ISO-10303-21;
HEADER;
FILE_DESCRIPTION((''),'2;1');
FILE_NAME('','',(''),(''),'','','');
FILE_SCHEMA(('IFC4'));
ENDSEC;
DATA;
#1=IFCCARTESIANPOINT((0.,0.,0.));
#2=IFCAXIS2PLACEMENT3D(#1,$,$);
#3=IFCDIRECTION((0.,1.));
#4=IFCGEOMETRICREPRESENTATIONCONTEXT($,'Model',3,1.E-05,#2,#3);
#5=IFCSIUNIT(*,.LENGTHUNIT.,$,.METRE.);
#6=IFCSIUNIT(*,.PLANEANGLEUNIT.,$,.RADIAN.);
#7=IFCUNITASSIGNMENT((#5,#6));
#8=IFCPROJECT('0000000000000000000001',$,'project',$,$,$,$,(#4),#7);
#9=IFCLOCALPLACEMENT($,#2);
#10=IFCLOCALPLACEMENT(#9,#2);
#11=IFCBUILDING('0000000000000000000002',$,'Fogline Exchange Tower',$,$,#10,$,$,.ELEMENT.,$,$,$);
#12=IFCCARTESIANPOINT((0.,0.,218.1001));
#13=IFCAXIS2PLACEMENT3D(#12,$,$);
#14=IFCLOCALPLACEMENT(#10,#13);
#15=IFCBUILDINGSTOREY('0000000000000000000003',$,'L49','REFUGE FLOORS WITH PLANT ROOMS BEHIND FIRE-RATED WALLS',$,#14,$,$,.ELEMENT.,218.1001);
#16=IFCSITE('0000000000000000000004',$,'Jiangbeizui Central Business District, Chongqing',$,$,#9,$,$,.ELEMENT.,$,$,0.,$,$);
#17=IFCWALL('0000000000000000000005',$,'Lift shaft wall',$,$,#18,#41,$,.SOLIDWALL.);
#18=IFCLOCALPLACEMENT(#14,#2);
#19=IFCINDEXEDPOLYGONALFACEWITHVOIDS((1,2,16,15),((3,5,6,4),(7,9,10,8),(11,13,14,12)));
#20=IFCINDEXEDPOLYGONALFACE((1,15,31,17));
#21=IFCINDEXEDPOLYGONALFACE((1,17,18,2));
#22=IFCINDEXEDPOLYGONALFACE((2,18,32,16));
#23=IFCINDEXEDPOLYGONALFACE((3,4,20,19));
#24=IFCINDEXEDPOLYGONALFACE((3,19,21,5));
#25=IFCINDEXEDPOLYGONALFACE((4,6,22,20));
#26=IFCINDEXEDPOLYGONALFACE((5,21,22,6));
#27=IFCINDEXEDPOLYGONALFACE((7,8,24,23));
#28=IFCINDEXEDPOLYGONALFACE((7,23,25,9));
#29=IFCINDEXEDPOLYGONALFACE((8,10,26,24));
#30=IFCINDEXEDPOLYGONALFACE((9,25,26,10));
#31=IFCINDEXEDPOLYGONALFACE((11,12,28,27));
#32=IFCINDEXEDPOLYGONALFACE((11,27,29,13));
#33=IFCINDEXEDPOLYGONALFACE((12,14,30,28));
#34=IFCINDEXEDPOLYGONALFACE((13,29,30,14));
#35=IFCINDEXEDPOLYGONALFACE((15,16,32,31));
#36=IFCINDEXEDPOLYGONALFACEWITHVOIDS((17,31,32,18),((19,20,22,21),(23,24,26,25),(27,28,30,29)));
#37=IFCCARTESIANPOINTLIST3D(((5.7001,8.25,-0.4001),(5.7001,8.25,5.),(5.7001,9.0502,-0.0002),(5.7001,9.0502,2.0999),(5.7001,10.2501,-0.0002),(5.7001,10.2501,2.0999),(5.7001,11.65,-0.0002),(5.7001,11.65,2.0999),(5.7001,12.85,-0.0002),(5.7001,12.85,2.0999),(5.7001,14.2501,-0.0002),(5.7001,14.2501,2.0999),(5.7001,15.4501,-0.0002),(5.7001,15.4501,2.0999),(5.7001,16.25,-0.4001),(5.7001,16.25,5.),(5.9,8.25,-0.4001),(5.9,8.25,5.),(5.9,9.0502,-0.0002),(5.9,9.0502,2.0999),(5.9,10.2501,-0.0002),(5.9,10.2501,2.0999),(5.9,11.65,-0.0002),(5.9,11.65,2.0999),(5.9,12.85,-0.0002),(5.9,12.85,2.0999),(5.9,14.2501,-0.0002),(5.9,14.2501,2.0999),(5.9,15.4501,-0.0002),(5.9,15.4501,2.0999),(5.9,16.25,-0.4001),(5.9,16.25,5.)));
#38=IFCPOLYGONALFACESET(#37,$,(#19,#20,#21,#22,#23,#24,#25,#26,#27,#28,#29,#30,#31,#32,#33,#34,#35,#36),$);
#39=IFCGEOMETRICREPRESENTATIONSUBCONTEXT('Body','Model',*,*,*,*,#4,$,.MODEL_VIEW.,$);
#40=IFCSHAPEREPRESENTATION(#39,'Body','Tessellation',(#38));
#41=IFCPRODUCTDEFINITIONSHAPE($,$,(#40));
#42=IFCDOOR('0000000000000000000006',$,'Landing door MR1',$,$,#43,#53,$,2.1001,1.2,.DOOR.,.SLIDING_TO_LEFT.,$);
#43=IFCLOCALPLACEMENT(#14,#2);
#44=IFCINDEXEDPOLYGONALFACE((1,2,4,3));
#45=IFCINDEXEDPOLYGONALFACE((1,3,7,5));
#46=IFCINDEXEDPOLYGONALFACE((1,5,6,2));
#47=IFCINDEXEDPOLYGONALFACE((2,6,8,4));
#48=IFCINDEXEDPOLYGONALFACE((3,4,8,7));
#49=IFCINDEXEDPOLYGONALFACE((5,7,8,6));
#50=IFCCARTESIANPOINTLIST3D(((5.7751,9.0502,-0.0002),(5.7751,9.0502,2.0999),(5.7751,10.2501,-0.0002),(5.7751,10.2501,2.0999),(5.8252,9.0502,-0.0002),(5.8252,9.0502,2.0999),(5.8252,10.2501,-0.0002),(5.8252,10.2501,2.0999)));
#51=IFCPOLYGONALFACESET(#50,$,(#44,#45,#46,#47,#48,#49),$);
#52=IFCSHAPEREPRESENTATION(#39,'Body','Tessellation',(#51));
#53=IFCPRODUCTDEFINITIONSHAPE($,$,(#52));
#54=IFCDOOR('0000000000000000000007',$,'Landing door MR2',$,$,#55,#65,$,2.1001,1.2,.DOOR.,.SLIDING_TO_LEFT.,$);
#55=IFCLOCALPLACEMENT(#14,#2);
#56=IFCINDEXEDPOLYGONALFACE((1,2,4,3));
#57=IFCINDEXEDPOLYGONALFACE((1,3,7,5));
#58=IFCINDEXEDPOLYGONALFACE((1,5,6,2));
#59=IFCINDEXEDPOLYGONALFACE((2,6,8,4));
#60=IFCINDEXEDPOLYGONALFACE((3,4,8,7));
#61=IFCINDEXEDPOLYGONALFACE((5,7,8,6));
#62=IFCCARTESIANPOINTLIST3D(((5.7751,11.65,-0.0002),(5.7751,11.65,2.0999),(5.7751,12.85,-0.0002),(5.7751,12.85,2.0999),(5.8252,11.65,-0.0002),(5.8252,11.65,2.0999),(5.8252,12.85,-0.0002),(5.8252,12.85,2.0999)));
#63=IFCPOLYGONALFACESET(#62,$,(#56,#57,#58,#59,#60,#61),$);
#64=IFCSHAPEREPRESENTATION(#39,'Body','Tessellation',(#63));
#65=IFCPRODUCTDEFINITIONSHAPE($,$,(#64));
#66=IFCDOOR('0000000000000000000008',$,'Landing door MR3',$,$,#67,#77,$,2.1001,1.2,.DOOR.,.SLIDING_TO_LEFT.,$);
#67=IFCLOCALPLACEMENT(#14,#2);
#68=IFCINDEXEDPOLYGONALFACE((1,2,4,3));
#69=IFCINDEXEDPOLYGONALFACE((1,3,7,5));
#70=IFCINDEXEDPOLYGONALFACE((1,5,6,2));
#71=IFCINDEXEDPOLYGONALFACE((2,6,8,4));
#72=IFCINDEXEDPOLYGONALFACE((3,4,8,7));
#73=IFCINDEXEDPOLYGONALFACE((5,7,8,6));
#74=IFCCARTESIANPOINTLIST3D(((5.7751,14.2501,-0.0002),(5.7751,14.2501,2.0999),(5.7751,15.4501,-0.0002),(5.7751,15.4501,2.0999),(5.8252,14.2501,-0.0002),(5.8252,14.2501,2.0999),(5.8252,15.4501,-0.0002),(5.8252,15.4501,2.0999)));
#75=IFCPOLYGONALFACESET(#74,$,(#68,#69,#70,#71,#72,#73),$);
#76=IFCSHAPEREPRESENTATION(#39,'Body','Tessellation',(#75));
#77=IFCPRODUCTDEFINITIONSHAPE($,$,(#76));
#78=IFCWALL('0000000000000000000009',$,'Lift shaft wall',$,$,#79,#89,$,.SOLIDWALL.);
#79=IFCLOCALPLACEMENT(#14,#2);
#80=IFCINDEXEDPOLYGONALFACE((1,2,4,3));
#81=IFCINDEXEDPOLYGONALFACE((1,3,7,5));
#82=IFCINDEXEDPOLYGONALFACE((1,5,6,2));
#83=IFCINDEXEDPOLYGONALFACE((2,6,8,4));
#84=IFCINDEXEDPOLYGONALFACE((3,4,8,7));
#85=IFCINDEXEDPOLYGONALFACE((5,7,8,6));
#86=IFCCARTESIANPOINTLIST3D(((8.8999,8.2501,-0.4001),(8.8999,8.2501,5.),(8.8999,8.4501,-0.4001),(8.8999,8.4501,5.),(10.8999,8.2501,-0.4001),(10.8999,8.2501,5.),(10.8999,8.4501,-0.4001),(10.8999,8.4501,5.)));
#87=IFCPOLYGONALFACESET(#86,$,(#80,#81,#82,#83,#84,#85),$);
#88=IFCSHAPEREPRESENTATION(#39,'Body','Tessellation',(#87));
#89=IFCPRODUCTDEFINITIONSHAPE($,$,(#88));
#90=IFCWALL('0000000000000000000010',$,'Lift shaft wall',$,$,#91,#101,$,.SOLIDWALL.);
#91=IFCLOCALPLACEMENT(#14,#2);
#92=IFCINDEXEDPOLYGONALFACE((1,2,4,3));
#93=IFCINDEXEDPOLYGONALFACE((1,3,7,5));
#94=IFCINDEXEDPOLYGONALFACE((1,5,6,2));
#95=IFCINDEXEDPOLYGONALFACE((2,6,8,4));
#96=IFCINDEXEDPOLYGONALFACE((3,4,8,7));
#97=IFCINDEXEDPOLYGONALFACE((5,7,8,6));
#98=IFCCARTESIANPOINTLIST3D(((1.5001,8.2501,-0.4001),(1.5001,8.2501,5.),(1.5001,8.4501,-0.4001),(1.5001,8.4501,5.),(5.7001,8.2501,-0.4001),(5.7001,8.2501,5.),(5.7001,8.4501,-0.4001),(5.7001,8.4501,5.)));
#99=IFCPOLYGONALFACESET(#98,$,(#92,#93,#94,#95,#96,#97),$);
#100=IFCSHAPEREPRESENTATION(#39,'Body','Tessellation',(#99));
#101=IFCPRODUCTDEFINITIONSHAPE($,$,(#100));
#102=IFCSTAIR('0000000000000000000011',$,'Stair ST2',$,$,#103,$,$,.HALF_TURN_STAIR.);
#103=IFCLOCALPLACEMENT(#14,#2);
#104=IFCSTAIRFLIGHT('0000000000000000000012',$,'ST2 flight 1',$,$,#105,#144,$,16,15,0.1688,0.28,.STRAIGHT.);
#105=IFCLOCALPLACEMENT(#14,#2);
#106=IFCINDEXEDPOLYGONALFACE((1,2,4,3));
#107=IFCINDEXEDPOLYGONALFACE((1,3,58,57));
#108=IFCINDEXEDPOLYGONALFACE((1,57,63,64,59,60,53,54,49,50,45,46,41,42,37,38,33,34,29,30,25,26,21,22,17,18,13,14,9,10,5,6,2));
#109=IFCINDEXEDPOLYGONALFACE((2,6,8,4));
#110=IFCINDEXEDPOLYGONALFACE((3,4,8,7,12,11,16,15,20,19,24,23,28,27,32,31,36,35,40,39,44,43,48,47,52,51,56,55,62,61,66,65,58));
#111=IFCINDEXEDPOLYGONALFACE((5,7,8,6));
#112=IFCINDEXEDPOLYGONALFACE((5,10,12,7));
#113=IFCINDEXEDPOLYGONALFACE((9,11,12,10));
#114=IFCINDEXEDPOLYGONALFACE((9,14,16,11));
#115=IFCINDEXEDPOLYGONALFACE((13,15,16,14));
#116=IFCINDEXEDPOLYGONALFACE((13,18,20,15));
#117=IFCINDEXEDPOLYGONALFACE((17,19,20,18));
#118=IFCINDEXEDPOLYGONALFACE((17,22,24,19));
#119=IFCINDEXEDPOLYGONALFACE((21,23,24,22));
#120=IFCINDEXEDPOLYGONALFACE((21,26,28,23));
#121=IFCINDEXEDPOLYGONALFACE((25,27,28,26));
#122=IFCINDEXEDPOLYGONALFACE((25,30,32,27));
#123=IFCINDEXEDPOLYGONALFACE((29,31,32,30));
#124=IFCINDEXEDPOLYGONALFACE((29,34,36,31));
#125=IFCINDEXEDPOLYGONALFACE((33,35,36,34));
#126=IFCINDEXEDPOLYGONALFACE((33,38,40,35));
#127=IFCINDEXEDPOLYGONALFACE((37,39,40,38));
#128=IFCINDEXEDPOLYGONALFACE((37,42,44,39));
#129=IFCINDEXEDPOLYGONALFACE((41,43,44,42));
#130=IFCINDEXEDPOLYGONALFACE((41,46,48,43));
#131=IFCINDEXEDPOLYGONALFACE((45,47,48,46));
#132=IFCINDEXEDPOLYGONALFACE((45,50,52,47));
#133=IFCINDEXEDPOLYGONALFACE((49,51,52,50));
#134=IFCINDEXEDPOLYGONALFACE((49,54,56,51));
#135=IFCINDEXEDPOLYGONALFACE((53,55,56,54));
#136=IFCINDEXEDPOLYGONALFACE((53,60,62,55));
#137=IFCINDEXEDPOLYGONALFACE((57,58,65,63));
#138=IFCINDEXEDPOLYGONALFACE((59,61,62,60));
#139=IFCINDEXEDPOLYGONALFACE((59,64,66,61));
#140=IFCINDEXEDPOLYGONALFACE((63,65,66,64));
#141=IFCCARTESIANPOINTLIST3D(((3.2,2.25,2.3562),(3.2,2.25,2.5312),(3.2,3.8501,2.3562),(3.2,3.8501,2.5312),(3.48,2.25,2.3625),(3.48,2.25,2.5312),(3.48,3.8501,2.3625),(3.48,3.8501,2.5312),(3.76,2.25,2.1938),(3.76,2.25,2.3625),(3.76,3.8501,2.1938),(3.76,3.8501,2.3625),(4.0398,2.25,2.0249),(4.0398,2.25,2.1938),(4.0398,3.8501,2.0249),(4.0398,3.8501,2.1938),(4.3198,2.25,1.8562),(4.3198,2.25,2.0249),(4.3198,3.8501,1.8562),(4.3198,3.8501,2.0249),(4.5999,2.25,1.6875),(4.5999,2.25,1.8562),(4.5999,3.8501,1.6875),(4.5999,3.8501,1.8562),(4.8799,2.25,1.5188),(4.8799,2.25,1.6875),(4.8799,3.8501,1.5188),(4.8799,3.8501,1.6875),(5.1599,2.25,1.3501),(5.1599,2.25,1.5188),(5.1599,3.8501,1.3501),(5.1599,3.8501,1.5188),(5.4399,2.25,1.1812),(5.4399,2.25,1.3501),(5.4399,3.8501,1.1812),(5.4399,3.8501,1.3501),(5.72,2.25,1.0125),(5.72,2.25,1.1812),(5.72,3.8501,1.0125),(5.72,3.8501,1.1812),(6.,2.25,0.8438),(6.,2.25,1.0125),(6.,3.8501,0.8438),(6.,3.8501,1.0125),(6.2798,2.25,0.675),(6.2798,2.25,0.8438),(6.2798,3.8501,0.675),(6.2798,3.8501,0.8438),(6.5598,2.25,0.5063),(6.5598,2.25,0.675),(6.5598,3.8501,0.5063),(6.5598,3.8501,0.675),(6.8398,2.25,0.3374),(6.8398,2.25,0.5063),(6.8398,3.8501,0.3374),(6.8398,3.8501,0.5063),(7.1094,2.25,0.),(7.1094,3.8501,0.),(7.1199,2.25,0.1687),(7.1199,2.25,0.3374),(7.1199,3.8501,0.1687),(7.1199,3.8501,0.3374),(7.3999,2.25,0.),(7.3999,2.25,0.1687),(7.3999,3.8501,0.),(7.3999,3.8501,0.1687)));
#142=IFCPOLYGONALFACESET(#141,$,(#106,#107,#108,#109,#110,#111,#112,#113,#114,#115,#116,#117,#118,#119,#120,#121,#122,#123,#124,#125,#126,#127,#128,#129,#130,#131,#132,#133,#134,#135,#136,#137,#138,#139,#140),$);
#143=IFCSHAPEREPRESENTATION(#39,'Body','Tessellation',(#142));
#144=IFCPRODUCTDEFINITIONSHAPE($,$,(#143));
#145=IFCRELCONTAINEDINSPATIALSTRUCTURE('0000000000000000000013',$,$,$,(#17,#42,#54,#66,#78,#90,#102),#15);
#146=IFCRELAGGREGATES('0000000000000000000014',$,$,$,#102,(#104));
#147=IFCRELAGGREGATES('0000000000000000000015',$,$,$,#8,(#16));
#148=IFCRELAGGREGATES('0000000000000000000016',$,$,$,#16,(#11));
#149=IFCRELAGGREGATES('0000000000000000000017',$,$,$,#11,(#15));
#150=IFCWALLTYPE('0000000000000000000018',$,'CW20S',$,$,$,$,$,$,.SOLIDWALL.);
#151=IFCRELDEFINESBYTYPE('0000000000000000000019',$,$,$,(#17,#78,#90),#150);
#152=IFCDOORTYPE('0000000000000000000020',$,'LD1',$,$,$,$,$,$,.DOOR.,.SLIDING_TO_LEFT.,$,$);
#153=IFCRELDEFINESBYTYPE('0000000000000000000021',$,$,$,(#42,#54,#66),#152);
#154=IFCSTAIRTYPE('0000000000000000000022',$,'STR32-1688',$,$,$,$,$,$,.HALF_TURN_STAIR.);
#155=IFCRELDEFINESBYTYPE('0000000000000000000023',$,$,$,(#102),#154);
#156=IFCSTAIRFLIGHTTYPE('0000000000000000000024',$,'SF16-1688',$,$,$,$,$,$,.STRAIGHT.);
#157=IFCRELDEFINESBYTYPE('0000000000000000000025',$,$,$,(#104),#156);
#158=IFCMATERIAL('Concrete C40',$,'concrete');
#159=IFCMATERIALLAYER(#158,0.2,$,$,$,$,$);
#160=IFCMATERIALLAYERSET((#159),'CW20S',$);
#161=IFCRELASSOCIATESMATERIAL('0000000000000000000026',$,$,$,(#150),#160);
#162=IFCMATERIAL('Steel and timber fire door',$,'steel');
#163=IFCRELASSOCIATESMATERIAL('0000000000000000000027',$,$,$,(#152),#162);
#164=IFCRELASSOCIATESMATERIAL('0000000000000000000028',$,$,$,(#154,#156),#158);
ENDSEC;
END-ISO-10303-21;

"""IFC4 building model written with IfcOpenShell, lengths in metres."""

from ifc_helpers import new_model, si_unit, direction, frame, frame_2d, origin, place, context, subcontext, project, spatial, polyline, rectangle, outline, extrude, material, layer, layer_set, type_object, element, fill, aggregate, save


model = new_model("IFC4")

# Units and contexts
model_context = context("Model", 3, precision=1e-05, world=origin(), true_north=direction((0.0, 1.0)))
body_context = subcontext(model_context, "Body", "Model", "MODEL_VIEW")
ifc_project = project(units=[si_unit("LENGTHUNIT", "METRE"), si_unit("PLANEANGLEUNIT", "RADIAN")], contexts=[model_context])

# Site, building, storey
site_placement = place(None, origin())
site = spatial("IfcSite", under=ifc_project, at=site_placement, Name="Jiangbeizui Central Business District, Chongqing", CompositionType="ELEMENT", RefElevation=0.0)
building_placement = place(site_placement, origin())
building = spatial("IfcBuilding", under=site, at=building_placement, Name="Fogline Exchange Tower", CompositionType="ELEMENT")
storey_placement = place(building_placement, frame((0.0, 0.0, 218.1001)))
storey = spatial("IfcBuildingStorey", under=building, at=storey_placement, Name="L49", Description="REFUGE FLOORS WITH PLANT ROOMS BEHIND FIRE-RATED WALLS", CompositionType="ELEMENT", Elevation=218.1001)

# Shared definitions
ifc_material_1 = material(Name="Steel and timber fire door", Category="steel")

# Shared definitions
ifc_material_2 = material(Name="Concrete C40", Category="concrete")

# Shared definitions
ifc_layer_1 = layer(ifc_material_2, 0.2)
ifc_layer_set_1 = layer_set([ifc_layer_1], Name="CW20S")
wall_type_1 = type_object("IfcWallType", Name="CW20S", PredefinedType="SOLIDWALL", material=ifc_layer_set_1)

# Wall, openings, doors
wall_1_placement = place(storey_placement, frame((5.8, 8.25, -0.4001), z_axis=(0.0, 0.0, 1.0), x_axis=(0.0, 1.0, 0.0)))
wall_1 = element("IfcWall", 1, at=wall_1_placement, inside=storey, type_object=wall_type_1, Name="Lift shaft wall", PredefinedType="SOLIDWALL", context=body_context, shape_type="SweptSolid", body=[
    extrude(rectangle(XDim=8.0, YDim=0.2, at=frame_2d((4.0, 0.0))), origin(), (0.0, 0.0, 1.0), 5.4001),
])
opening_1_placement = place(wall_1_placement, frame((0.8, 0.0, 0.3999)))
opening_1 = element("IfcOpeningElement", 2, at=opening_1_placement, cuts=wall_1, PredefinedType="OPENING", context=body_context, shape_type="SweptSolid", body=[
    extrude(rectangle(XDim=1.2, YDim=2.1001, at=frame_2d((0.6001, 1.05))), frame((0.0, 0.1099, 0.0), z_axis=(0.0, -1.0, 0.0), x_axis=(1.0, 0.0, 0.0)), (0.0, 0.0, 1.0), 0.22),
])
opening_2_placement = place(wall_1_placement, frame((3.3999, 0.0, 0.3999)))
opening_2 = element("IfcOpeningElement", 3, at=opening_2_placement, cuts=wall_1, PredefinedType="OPENING", context=body_context, shape_type="SweptSolid", body=[
    extrude(rectangle(XDim=1.2, YDim=2.1001, at=frame_2d((0.6001, 1.05))), frame((0.0, 0.1099, 0.0), z_axis=(0.0, -1.0, 0.0), x_axis=(1.0, 0.0, 0.0)), (0.0, 0.0, 1.0), 0.22),
])
opening_3_placement = place(wall_1_placement, frame((6.0, 0.0, 0.3999)))
opening_3 = element("IfcOpeningElement", 4, at=opening_3_placement, cuts=wall_1, PredefinedType="OPENING", context=body_context, shape_type="SweptSolid", body=[
    extrude(rectangle(XDim=1.2, YDim=2.1001, at=frame_2d((0.6001, 1.05))), frame((0.0, 0.1099, 0.0), z_axis=(0.0, -1.0, 0.0), x_axis=(1.0, 0.0, 0.0)), (0.0, 0.0, 1.0), 0.22),
])
door_type_1 = type_object("IfcDoorType", Name="LD1", OperationType="SLIDING_TO_LEFT", PredefinedType="DOOR", material=ifc_material_1)
door_1_placement = place(opening_1_placement, origin())
door_1 = element("IfcDoor", 5, at=door_1_placement, inside=storey, type_object=door_type_1, Name="Landing door MR1", OperationType="SLIDING_TO_LEFT", OverallHeight=2.1001, OverallWidth=1.2, PredefinedType="DOOR", context=body_context, shape_type="SweptSolid", body=[
    extrude(rectangle(XDim=1.2, YDim=2.1001, at=frame_2d((0.6001, 1.05))), frame((0.0, 0.0249, 0.0), z_axis=(0.0, -1.0, 0.0), x_axis=(1.0, 0.0, 0.0)), (0.0, 0.0, 1.0), 0.05),
])
fill(opening_1, door_1)
door_2_placement = place(opening_2_placement, origin())
door_2 = element("IfcDoor", 6, at=door_2_placement, inside=storey, type_object=door_type_1, Name="Landing door MR2", OperationType="SLIDING_TO_LEFT", OverallHeight=2.1001, OverallWidth=1.2, PredefinedType="DOOR", context=body_context, shape_type="SweptSolid", body=[
    extrude(rectangle(XDim=1.2, YDim=2.1001, at=frame_2d((0.6001, 1.05))), frame((0.0, 0.0249, 0.0), z_axis=(0.0, -1.0, 0.0), x_axis=(1.0, 0.0, 0.0)), (0.0, 0.0, 1.0), 0.05),
])
fill(opening_2, door_2)
door_3_placement = place(opening_3_placement, origin())
door_3 = element("IfcDoor", 7, at=door_3_placement, inside=storey, type_object=door_type_1, Name="Landing door MR3", OperationType="SLIDING_TO_LEFT", OverallHeight=2.1001, OverallWidth=1.2, PredefinedType="DOOR", context=body_context, shape_type="SweptSolid", body=[
    extrude(rectangle(XDim=1.2, YDim=2.1001, at=frame_2d((0.6001, 1.05))), frame((0.0, 0.0249, 0.0), z_axis=(0.0, -1.0, 0.0), x_axis=(1.0, 0.0, 0.0)), (0.0, 0.0, 1.0), 0.05),
])
fill(opening_3, door_3)

# Walls
wall_2_placement = place(storey_placement, frame((8.8999, 8.3501, -0.4001), z_axis=(0.0, 0.0, 1.0), x_axis=(1.0, 0.0, 0.0)))
element("IfcWall", 8, at=wall_2_placement, inside=storey, type_object=wall_type_1, Name="Lift shaft wall", PredefinedType="SOLIDWALL", context=body_context, shape_type="SweptSolid", body=[
    extrude(rectangle(XDim=2.0, YDim=0.2, at=frame_2d((1.0, 0.0))), origin(), (0.0, 0.0, 1.0), 5.4001),
])
wall_3_placement = place(storey_placement, frame((1.5, 8.3501, -0.4001), z_axis=(0.0, 0.0, 1.0), x_axis=(1.0, 0.0, 0.0)))
element("IfcWall", 9, at=wall_3_placement, inside=storey, type_object=wall_type_1, Name="Lift shaft wall", PredefinedType="SOLIDWALL", context=body_context, shape_type="SweptSolid", body=[
    extrude(rectangle(XDim=4.2, YDim=0.2, at=frame_2d((2.1001, 0.0))), origin(), (0.0, 0.0, 1.0), 5.4001),
])

# Stair, stair flight
stair_type = type_object("IfcStairType", Name="STR32-1688", PredefinedType="HALF_TURN_STAIR", material=ifc_material_2)
stair_placement = place(storey_placement, origin())
stair = element("IfcStair", 10, at=stair_placement, inside=storey, type_object=stair_type, Name="Stair ST2", PredefinedType="HALF_TURN_STAIR")
stair_flight_type = type_object("IfcStairFlightType", Name="SF16-1688", PredefinedType="STRAIGHT", material=ifc_material_2)
stair_flight_1_placement = place(storey_placement, frame((7.3999, 3.05, 0.0), z_axis=(0.0, 0.0, 1.0), x_axis=(-1.0, 0.0, 0.0)))
stair_flight_1 = element("IfcStairFlight", 11, at=stair_flight_1_placement, type_object=stair_flight_type, Name="ST2 flight 1", NumberOfRisers=16, NumberOfTreads=15, PredefinedType="STRAIGHT", RiserHeight=0.1688, TreadLength=0.28, context=body_context, shape_type="SweptSolid", body=[
    extrude(outline(polyline([(0.0, 0.0), (0.0, 0.1687), (0.28, 0.1687), (0.28, 0.3374), (0.5601, 0.3374), (0.5601, 0.5063), (0.8401, 0.5063), (0.8401, 0.675), (1.1201, 0.675), (1.1201, 0.8438), (1.3999, 0.8438), (1.3999, 1.0125), (1.6799, 1.0125), (1.6799, 1.1812), (1.96, 1.1812), (1.96, 1.3501), (2.24, 1.3501), (2.24, 1.5188), (2.52, 1.5188), (2.52, 1.6875), (2.8, 1.6875), (2.8, 1.8562), (3.0801, 1.8562), (3.0801, 2.0249), (3.3601, 2.0249), (3.3601, 2.1938), (3.6399, 2.1938), (3.6399, 2.3625), (3.9199, 2.3625), (3.9199, 2.5312), (4.2, 2.5312), (4.2, 2.7), (4.2, 2.3562), (0.2905, 0.0), (0.0, 0.0)])), frame((0.0, 0.8, 0.0), z_axis=(0.0, -1.0, 0.0), x_axis=(1.0, 0.0, 0.0)), (0.0, 0.0, 1.0), 1.6001),
])
aggregate(stair, [stair_flight_1])

save(model, "model.ifc")
